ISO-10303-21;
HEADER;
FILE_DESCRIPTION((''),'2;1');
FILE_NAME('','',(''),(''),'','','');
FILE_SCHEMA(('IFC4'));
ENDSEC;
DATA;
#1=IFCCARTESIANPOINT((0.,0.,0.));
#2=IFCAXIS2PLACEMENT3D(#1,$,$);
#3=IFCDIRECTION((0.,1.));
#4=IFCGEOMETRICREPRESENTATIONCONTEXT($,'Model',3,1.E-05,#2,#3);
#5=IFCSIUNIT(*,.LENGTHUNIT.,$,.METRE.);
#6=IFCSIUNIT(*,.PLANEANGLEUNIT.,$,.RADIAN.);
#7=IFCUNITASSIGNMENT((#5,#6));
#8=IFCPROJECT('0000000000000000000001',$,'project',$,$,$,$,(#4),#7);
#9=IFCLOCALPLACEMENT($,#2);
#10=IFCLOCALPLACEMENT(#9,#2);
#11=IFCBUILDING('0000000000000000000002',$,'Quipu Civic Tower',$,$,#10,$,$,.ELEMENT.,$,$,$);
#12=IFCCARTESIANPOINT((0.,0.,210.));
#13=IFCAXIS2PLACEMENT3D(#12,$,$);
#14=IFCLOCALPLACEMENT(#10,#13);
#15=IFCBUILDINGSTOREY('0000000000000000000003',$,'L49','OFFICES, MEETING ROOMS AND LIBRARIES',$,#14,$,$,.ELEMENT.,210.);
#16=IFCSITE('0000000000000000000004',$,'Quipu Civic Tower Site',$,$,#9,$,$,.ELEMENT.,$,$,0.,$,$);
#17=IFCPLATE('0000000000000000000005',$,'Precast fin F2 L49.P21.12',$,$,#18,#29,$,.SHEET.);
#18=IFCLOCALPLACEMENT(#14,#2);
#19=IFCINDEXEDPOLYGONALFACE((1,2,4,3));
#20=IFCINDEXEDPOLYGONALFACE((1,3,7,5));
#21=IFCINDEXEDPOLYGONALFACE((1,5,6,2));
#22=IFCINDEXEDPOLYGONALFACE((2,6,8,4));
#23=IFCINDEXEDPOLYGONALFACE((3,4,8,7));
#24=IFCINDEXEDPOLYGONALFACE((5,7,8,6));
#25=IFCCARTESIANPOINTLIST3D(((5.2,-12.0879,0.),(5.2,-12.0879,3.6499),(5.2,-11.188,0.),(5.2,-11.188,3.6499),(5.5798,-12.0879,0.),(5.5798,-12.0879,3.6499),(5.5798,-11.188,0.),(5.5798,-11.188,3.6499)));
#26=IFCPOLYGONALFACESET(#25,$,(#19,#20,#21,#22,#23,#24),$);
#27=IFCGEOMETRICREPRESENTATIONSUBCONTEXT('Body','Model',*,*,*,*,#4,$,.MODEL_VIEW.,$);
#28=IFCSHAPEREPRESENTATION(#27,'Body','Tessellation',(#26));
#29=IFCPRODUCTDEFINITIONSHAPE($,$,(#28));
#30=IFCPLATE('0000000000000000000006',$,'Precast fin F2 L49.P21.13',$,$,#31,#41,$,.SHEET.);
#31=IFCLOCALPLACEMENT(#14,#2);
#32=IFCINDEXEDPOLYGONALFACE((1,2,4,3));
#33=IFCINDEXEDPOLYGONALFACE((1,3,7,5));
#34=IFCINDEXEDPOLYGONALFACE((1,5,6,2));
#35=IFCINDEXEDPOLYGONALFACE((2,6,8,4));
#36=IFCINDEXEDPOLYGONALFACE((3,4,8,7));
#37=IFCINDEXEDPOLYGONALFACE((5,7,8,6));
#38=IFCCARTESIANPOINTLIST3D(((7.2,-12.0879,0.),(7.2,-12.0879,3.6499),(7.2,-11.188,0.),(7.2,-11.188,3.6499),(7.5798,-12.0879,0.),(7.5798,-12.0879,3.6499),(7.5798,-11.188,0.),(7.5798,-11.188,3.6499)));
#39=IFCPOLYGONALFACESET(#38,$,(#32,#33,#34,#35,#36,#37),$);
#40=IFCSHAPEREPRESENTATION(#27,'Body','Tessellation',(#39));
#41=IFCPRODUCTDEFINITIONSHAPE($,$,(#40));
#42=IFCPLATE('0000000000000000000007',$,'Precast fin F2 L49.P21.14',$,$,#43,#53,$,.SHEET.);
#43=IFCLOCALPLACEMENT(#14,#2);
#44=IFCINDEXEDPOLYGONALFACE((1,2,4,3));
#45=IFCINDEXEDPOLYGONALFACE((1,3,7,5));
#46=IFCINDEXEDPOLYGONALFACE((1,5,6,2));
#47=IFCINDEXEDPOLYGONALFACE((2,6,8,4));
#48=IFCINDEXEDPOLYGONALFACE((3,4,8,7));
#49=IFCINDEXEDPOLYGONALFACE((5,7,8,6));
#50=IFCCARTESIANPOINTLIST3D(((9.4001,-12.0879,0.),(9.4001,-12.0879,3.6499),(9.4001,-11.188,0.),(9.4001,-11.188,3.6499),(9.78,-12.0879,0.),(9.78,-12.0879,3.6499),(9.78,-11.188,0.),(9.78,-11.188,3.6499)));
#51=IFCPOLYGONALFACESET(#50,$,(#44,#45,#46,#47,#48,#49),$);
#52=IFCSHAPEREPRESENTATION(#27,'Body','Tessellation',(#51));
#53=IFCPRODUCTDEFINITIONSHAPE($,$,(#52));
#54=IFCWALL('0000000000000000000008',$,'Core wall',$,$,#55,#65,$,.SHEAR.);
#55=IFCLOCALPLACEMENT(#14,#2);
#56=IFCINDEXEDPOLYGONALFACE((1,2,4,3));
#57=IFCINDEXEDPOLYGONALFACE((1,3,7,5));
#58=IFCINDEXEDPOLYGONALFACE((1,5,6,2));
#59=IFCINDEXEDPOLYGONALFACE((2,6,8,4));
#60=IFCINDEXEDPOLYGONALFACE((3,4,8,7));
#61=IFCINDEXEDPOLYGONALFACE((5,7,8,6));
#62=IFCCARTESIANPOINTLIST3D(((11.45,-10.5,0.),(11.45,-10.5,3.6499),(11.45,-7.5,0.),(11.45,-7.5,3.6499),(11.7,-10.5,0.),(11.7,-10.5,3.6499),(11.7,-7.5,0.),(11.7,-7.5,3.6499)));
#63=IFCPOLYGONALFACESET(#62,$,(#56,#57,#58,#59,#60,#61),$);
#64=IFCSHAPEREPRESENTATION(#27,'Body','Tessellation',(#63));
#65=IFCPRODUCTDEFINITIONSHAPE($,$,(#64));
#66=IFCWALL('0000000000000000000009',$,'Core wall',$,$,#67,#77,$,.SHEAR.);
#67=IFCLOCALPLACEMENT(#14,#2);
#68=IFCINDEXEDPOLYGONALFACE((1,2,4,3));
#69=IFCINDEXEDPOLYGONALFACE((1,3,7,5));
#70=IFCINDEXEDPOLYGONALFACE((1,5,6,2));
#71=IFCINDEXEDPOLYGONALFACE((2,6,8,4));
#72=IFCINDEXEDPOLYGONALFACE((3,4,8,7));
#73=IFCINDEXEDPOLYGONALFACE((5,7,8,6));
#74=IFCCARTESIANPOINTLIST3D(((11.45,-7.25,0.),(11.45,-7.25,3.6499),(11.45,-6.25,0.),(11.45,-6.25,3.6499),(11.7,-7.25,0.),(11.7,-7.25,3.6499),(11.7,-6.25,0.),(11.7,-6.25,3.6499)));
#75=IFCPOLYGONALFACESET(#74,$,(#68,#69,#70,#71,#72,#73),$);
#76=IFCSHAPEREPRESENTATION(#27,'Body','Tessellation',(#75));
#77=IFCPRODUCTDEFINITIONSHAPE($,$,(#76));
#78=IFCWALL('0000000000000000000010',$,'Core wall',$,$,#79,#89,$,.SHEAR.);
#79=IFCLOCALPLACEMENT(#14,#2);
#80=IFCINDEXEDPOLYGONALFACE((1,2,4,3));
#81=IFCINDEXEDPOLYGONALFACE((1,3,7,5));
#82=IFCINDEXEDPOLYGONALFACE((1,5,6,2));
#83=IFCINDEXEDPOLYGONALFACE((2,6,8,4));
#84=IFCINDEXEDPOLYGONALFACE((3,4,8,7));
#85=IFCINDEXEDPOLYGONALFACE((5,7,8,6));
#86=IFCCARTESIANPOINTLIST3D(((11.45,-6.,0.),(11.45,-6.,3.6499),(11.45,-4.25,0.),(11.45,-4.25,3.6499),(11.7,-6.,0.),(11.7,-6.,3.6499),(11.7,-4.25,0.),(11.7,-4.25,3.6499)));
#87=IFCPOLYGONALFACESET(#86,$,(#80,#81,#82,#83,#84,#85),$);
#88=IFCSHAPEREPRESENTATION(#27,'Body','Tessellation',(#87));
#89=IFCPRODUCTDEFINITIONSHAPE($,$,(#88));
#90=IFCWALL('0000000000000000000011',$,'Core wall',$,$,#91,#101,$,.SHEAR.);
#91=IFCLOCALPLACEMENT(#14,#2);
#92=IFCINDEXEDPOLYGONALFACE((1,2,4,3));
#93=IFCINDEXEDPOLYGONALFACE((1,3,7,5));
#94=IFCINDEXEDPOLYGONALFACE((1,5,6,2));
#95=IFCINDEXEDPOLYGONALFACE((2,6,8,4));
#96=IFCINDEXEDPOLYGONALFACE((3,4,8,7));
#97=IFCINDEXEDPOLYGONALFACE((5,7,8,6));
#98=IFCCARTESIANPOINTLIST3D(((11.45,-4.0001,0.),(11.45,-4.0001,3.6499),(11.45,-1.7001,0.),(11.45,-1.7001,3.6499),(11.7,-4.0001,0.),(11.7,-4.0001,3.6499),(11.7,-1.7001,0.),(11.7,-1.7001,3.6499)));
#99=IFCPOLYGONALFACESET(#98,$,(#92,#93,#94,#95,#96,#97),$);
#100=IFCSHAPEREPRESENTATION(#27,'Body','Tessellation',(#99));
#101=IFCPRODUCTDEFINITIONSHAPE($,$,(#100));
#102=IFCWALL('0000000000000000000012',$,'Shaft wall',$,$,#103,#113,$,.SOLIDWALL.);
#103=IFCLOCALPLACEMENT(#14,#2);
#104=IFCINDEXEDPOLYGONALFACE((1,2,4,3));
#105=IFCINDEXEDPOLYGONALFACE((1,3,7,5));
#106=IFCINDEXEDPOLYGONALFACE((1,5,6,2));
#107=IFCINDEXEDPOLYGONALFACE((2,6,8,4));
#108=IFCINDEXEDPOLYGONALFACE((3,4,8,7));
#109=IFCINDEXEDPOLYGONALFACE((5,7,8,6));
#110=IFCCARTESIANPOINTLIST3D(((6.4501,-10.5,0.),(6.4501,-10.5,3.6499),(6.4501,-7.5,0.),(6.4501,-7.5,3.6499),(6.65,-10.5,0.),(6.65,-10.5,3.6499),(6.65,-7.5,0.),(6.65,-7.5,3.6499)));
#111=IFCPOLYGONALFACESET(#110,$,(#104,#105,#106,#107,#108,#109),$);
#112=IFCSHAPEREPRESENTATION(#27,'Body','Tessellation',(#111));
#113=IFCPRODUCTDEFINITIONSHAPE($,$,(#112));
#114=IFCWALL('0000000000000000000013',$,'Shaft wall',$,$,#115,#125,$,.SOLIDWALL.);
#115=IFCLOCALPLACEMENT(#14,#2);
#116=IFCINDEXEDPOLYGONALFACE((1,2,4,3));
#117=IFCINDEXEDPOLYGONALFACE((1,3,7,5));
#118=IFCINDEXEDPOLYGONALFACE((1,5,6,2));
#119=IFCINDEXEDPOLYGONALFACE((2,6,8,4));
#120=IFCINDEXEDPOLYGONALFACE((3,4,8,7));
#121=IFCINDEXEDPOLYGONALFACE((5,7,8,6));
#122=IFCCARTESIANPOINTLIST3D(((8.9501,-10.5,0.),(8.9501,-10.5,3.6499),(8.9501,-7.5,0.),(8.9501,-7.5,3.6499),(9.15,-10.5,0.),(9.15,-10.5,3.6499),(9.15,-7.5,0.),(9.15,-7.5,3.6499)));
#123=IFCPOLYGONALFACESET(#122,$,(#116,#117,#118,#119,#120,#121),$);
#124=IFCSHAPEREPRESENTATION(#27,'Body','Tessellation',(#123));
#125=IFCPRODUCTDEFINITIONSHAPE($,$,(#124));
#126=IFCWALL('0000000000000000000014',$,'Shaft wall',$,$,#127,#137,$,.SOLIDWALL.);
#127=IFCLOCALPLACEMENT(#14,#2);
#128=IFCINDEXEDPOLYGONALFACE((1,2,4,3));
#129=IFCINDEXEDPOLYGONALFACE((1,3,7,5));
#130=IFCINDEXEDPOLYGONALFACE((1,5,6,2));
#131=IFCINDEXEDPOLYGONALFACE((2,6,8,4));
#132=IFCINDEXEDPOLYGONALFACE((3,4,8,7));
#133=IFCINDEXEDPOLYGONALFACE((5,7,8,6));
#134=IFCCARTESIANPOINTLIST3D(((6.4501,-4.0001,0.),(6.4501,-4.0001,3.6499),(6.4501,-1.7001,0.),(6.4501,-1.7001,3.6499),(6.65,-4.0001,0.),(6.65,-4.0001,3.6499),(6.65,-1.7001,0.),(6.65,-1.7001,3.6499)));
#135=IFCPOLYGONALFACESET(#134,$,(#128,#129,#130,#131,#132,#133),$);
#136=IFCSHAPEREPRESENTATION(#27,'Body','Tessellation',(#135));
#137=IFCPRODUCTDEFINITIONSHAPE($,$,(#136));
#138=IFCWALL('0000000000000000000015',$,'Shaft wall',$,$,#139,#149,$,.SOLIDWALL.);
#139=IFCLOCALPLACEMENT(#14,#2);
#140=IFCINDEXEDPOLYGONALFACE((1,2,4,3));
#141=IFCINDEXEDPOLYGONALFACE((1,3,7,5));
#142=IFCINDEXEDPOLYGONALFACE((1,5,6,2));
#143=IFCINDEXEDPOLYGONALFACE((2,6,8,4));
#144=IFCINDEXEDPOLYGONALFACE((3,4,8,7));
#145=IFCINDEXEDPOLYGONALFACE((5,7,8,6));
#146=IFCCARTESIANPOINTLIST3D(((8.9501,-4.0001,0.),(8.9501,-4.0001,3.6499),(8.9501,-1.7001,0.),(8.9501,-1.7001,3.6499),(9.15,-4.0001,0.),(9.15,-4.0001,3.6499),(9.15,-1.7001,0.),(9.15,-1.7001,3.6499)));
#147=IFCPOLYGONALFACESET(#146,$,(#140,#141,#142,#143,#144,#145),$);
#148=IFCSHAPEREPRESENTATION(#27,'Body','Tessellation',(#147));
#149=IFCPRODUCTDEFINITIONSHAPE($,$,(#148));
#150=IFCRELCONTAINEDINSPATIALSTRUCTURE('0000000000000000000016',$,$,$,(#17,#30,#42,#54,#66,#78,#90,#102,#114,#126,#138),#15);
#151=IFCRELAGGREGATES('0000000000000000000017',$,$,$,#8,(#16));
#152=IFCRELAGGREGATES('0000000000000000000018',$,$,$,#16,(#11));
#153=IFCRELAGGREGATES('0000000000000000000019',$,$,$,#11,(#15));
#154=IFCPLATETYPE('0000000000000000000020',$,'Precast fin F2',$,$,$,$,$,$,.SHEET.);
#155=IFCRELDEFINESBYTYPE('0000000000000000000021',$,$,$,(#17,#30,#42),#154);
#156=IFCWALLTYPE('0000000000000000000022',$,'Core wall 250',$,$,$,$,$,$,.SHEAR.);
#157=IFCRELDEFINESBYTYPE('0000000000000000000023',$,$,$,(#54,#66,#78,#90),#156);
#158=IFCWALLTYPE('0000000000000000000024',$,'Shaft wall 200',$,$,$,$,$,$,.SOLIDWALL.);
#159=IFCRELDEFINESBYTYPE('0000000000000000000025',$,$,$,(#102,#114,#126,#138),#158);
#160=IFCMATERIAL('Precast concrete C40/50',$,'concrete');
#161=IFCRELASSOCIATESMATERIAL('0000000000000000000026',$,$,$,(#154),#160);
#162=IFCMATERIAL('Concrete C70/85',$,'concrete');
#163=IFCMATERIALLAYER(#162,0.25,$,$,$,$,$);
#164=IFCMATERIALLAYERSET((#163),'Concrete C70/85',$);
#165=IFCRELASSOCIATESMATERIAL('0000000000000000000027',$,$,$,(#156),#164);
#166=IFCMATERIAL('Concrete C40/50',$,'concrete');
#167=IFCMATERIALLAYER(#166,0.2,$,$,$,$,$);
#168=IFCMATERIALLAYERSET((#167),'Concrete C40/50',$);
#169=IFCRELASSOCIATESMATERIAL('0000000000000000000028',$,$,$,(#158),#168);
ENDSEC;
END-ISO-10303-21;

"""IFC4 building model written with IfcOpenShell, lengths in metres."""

from ifc_helpers import new_model, si_unit, direction, frame, frame_2d, origin, origin_2d, place, context, subcontext, project, spatial, rectangle, extrude, material, layer, layer_set, type_object, element, save


model = new_model("IFC4")

# Units and contexts
model_context = context("Model", 3, precision=1e-05, world=origin(), true_north=direction((0.0, 1.0)))
body_context = subcontext(model_context, "Body", "Model", "MODEL_VIEW")
ifc_project = project(units=[si_unit("LENGTHUNIT", "METRE"), si_unit("PLANEANGLEUNIT", "RADIAN")], contexts=[model_context])

# Site, building, storey
site_placement = place(None, origin())
site = spatial("IfcSite", under=ifc_project, at=site_placement, Name="Quipu Civic Tower Site", CompositionType="ELEMENT", RefElevation=0.0)
building_placement = place(site_placement, origin())
building = spatial("IfcBuilding", under=site, at=building_placement, Name="Quipu Civic Tower", CompositionType="ELEMENT")
storey_placement = place(building_placement, frame((0.0, 0.0, 210.0)))
storey = spatial("IfcBuildingStorey", under=building, at=storey_placement, Name="L49", Description="OFFICES, MEETING ROOMS AND LIBRARIES", CompositionType="ELEMENT", Elevation=210.0)

# Plates
ifc_material_1 = material(Name="Precast concrete C40/50", Category="concrete")
plate_type = type_object("IfcPlateType", Name="Precast fin F2", PredefinedType="SHEET", material=ifc_material_1)
for number, where, z_axis, x_axis, name in (
    (1, (5.3899, -11.6379, 0.0), (0.0, 0.0, 1.0), (1.0, 0.0, 0.0), "Precast fin F2 L49.P21.12"),
    (2, (7.3899, -11.6379, 0.0), (0.0, 0.0, 1.0), (1.0, 0.0, 0.0), "Precast fin F2 L49.P21.13"),
    (3, (9.5901, -11.6379, 0.0), (0.0, 0.0, 1.0), (1.0, 0.0, 0.0), "Precast fin F2 L49.P21.14"),
):
    element("IfcPlate", number, at=place(storey_placement, frame(where, z_axis=z_axis, x_axis=x_axis)), inside=storey, type_object=plate_type, Name=name, PredefinedType="SHEET", context=body_context, shape_type="SweptSolid", body=[
        extrude(rectangle(XDim=0.3799, YDim=0.8999, at=origin_2d()), origin(), (0.0, 0.0, 1.0), 3.6499),
    ])

# Walls
ifc_material_2 = material(Name="Concrete C70/85", Category="concrete")
ifc_layer_1 = layer(ifc_material_2, 0.25)
ifc_layer_set_1 = layer_set([ifc_layer_1], Name="Concrete C70/85")
wall_type_1 = type_object("IfcWallType", Name="Core wall 250", PredefinedType="SHEAR", material=ifc_layer_set_1)
wall_1_placement = place(storey_placement, frame((11.575, -10.5, 0.0), z_axis=(0.0, 0.0, 1.0), x_axis=(0.0, 1.0, 0.0)))
element("IfcWall", 4, at=wall_1_placement, inside=storey, type_object=wall_type_1, Name="Core wall", PredefinedType="SHEAR", context=body_context, shape_type="SweptSolid", body=[
    extrude(rectangle(XDim=3.0, YDim=0.25, at=frame_2d((1.5, 0.0))), origin(), (0.0, 0.0, 1.0), 3.6499),
])
wall_2_placement = place(storey_placement, frame((11.575, -7.25, 0.0), z_axis=(0.0, 0.0, 1.0), x_axis=(0.0, 1.0, 0.0)))
element("IfcWall", 5, at=wall_2_placement, inside=storey, type_object=wall_type_1, Name="Core wall", PredefinedType="SHEAR", context=body_context, shape_type="SweptSolid", body=[
    extrude(rectangle(XDim=1.0, YDim=0.25, at=frame_2d((0.5, 0.0))), origin(), (0.0, 0.0, 1.0), 3.6499),
])
wall_3_placement = place(storey_placement, frame((11.575, -6.0, 0.0), z_axis=(0.0, 0.0, 1.0), x_axis=(0.0, 1.0, 0.0)))
element("IfcWall", 6, at=wall_3_placement, inside=storey, type_object=wall_type_1, Name="Core wall", PredefinedType="SHEAR", context=body_context, shape_type="SweptSolid", body=[
    extrude(rectangle(XDim=1.75, YDim=0.25, at=frame_2d((0.875, 0.0))), origin(), (0.0, 0.0, 1.0), 3.6499),
])
wall_4_placement = place(storey_placement, frame((11.575, -4.0, 0.0), z_axis=(0.0, 0.0, 1.0), x_axis=(0.0, 1.0, 0.0)))
element("IfcWall", 7, at=wall_4_placement, inside=storey, type_object=wall_type_1, Name="Core wall", PredefinedType="SHEAR", context=body_context, shape_type="SweptSolid", body=[
    extrude(rectangle(XDim=2.3, YDim=0.25, at=frame_2d((1.1499, 0.0))), origin(), (0.0, 0.0, 1.0), 3.6499),
])
ifc_material_3 = material(Name="Concrete C40/50", Category="concrete")
ifc_layer_2 = layer(ifc_material_3, 0.2)
ifc_layer_set_2 = layer_set([ifc_layer_2], Name="Concrete C40/50")
wall_type_2 = type_object("IfcWallType", Name="Shaft wall 200", PredefinedType="SOLIDWALL", material=ifc_layer_set_2)
for number, where, z_axis, x_axis, name in (
    (8, (6.55, -10.5, 0.0), (0.0, 0.0, 1.0), (0.0, 1.0, 0.0), "Shaft wall"),
    (9, (9.05, -10.5, 0.0), (0.0, 0.0, 1.0), (0.0, 1.0, 0.0), "Shaft wall"),
):
    element("IfcWall", number, at=place(storey_placement, frame(where, z_axis=z_axis, x_axis=x_axis)), inside=storey, type_object=wall_type_2, Name=name, PredefinedType="SOLIDWALL", context=body_context, shape_type="SweptSolid", body=[
        extrude(rectangle(XDim=3.0, YDim=0.2, at=frame_2d((1.5, 0.0))), origin(), (0.0, 0.0, 1.0), 3.6499),
    ])
for number, where, z_axis, x_axis, name in (
    (10, (6.55, -4.0, 0.0), (0.0, 0.0, 1.0), (0.0, 1.0, 0.0), "Shaft wall"),
    (11, (9.05, -4.0, 0.0), (0.0, 0.0, 1.0), (0.0, 1.0, 0.0), "Shaft wall"),
):
    element("IfcWall", number, at=place(storey_placement, frame(where, z_axis=z_axis, x_axis=x_axis)), inside=storey, type_object=wall_type_2, Name=name, PredefinedType="SOLIDWALL", context=body_context, shape_type="SweptSolid", body=[
        extrude(rectangle(XDim=2.3, YDim=0.2, at=frame_2d((1.1499, 0.0))), origin(), (0.0, 0.0, 1.0), 3.6499),
    ])

save(model, "model.ifc")
